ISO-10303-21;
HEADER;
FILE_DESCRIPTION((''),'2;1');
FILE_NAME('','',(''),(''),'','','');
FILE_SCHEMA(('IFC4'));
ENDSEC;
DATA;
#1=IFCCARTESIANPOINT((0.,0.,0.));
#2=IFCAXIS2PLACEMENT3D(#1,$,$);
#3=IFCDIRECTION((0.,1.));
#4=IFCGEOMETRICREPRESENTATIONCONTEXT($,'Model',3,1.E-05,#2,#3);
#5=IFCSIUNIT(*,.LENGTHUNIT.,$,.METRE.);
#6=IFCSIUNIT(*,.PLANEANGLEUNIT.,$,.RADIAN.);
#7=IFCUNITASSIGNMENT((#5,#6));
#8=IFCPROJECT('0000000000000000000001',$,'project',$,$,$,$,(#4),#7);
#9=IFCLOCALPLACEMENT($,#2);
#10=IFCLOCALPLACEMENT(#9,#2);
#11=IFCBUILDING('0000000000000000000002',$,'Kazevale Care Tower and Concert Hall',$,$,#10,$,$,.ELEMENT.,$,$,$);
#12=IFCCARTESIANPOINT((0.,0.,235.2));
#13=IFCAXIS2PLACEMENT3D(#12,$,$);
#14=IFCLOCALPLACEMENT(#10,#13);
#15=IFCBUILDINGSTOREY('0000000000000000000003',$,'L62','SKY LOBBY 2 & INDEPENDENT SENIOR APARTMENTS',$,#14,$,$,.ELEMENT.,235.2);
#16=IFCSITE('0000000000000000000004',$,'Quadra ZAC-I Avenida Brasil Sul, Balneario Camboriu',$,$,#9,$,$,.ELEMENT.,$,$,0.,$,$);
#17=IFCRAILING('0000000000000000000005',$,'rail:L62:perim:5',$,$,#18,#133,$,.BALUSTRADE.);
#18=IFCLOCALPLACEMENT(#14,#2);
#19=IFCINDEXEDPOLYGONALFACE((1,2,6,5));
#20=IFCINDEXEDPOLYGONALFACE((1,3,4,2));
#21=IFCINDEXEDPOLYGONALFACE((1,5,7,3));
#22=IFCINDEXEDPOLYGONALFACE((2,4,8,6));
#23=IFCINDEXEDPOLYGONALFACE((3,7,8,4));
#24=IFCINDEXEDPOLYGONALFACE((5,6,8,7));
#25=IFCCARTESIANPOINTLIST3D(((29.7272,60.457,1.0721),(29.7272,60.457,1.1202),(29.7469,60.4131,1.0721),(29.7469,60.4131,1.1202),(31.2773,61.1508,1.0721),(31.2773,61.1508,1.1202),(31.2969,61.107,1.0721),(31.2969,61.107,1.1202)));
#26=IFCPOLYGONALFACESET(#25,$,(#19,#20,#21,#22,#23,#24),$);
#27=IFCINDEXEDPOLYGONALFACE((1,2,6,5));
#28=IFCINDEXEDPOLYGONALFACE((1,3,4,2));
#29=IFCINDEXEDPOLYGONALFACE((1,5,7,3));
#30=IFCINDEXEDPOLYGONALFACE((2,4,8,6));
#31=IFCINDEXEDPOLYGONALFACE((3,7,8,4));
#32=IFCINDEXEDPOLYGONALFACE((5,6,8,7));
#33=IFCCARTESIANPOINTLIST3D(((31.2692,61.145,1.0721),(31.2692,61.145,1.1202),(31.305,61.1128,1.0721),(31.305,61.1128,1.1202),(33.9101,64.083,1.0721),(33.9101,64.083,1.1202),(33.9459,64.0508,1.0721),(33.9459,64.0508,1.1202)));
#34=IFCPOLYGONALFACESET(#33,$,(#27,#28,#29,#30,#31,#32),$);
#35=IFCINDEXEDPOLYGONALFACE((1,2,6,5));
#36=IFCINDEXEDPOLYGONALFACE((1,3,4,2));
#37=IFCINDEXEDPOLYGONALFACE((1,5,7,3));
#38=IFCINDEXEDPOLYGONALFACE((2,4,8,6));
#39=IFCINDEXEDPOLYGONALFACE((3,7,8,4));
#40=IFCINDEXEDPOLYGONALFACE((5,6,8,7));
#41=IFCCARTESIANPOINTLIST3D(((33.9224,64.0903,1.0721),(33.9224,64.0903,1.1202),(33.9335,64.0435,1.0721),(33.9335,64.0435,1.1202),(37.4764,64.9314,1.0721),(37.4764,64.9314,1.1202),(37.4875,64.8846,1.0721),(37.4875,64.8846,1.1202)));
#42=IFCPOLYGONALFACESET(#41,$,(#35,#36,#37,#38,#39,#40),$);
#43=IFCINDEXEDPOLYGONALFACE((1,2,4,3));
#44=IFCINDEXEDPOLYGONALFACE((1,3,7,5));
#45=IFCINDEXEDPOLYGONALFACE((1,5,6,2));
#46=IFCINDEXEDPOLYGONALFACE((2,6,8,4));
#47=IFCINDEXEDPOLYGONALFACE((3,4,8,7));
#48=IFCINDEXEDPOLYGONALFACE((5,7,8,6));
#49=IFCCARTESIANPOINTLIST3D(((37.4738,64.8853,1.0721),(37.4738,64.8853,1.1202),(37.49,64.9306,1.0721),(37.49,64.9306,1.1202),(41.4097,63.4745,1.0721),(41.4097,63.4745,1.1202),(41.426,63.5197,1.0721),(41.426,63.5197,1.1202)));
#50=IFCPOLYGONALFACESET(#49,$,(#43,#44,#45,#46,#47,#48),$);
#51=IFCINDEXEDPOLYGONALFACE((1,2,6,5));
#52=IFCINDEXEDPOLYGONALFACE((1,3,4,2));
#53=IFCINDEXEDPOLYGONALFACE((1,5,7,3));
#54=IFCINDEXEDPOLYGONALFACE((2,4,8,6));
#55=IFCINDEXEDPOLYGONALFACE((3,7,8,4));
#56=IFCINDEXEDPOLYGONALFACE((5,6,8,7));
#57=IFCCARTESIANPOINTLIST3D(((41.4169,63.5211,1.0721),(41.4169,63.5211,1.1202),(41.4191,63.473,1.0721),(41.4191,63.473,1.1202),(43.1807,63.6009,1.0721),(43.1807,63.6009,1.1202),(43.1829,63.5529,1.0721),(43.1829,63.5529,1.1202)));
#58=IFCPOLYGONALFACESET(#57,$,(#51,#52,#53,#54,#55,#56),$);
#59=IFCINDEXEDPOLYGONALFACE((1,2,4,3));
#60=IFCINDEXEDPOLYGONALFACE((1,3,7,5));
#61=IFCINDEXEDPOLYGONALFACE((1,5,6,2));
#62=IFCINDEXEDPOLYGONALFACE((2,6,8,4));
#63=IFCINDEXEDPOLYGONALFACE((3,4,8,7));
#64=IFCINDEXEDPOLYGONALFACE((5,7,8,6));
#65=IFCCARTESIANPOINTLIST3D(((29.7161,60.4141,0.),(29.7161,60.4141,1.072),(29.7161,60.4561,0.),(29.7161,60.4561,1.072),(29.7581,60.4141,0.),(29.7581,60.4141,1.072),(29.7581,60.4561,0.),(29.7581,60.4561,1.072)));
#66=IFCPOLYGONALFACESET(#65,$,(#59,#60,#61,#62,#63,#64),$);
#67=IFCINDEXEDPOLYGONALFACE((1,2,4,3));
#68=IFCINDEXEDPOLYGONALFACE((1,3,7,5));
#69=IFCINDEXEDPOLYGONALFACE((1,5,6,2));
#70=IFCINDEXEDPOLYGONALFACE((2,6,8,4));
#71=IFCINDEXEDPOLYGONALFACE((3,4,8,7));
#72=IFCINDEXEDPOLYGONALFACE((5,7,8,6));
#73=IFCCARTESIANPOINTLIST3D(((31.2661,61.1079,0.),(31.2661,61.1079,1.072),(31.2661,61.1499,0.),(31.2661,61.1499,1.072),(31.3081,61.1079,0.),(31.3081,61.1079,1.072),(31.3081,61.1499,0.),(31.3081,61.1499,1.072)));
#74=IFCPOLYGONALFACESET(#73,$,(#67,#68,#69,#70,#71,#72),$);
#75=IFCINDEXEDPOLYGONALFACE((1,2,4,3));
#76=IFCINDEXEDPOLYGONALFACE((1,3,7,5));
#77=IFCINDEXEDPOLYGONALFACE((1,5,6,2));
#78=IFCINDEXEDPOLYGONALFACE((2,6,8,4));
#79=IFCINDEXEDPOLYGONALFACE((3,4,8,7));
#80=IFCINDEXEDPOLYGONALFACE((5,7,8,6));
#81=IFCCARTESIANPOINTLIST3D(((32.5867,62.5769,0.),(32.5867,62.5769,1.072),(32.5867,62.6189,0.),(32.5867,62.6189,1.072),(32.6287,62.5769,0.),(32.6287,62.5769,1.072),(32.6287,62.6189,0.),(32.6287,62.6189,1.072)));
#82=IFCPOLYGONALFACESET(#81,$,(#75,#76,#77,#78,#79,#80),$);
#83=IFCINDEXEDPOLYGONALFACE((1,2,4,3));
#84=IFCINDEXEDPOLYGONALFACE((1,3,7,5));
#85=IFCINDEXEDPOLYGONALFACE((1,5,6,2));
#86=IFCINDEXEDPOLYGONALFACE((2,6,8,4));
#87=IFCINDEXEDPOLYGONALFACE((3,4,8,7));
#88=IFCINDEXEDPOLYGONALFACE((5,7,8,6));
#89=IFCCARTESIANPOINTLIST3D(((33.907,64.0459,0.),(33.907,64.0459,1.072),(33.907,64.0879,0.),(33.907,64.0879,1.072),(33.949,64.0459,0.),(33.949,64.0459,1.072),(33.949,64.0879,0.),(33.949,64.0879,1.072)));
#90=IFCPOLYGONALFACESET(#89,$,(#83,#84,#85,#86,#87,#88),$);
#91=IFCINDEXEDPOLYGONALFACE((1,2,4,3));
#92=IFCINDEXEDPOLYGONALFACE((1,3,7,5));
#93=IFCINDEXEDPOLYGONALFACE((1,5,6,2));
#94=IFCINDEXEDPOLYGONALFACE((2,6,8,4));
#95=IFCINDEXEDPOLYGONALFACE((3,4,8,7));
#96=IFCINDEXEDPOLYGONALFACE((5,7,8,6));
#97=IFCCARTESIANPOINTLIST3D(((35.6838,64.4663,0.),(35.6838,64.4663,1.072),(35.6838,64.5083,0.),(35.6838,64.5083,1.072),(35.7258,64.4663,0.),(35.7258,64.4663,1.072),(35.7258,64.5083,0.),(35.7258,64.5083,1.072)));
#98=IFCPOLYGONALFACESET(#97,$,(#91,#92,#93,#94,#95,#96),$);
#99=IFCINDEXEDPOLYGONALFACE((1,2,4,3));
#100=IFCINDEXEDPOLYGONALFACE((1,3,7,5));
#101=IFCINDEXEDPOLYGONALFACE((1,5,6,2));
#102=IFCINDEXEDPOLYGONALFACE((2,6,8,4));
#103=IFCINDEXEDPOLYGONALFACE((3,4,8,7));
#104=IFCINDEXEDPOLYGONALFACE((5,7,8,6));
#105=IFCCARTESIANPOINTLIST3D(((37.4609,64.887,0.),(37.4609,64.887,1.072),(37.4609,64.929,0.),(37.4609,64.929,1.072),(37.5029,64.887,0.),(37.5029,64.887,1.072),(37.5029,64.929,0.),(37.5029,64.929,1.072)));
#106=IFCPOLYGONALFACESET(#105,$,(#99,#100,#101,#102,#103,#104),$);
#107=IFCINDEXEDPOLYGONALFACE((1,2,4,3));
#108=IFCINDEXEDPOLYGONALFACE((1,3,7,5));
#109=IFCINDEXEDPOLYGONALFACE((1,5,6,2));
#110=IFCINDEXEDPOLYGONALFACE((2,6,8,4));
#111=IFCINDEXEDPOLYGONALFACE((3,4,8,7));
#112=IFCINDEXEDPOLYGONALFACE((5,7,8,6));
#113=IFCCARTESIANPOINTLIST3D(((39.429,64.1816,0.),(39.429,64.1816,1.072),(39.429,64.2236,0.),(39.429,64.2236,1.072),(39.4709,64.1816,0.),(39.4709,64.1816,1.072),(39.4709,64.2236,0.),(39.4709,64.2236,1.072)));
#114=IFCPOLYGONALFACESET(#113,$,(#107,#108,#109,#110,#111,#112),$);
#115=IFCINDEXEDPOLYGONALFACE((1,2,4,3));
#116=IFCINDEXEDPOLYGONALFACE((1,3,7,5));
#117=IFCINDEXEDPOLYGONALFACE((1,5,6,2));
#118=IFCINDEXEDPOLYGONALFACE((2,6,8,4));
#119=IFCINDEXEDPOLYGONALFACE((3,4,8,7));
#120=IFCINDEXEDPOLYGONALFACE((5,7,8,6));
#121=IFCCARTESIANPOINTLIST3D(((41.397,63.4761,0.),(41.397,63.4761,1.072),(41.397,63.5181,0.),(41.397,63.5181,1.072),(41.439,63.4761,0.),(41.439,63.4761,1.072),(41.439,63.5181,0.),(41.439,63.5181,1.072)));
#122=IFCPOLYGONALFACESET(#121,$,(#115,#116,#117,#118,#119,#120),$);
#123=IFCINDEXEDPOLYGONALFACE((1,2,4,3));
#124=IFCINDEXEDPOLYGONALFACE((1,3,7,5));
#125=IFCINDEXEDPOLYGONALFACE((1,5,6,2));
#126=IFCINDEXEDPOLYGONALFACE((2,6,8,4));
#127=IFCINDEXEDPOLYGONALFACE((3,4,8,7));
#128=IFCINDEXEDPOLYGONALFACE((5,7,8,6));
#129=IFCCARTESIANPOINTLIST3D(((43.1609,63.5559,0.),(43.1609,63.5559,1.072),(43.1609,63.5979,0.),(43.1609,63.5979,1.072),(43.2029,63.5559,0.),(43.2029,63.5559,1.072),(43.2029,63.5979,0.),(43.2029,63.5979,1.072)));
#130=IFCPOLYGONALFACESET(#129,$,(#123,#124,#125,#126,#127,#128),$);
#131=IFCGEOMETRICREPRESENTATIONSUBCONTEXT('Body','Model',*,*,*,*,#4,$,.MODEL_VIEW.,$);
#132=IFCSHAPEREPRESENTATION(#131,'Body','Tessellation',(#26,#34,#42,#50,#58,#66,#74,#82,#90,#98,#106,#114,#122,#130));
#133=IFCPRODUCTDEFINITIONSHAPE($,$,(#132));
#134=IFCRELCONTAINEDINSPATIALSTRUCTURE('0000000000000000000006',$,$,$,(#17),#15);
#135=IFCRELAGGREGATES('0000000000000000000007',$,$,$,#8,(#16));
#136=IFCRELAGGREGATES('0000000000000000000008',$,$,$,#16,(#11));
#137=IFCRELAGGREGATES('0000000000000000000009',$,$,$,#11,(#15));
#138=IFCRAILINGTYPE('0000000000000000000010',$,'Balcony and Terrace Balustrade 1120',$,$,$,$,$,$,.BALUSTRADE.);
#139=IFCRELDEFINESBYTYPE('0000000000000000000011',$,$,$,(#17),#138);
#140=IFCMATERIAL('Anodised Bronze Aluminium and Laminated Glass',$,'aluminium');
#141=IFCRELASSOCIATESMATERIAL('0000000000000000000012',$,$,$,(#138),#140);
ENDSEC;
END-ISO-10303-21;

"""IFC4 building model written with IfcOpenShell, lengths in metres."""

from ifc_helpers import new_model, si_unit, direction, frame, origin, origin_2d, place, context, subcontext, project, spatial, rectangle, extrude, material, type_object, element, save


model = new_model("IFC4")

# Units and contexts
model_context = context("Model", 3, precision=1e-05, world=origin(), true_north=direction((0.0, 1.0)))
body_context = subcontext(model_context, "Body", "Model", "MODEL_VIEW")
ifc_project = project(units=[si_unit("LENGTHUNIT", "METRE"), si_unit("PLANEANGLEUNIT", "RADIAN")], contexts=[model_context])

# Site, building, storey
site_placement = place(None, origin())
site = spatial("IfcSite", under=ifc_project, at=site_placement, Name="Quadra ZAC-I Avenida Brasil Sul, Balneario Camboriu", CompositionType="ELEMENT", RefElevation=0.0)
building_placement = place(site_placement, origin())
building = spatial("IfcBuilding", under=site, at=building_placement, Name="Kazevale Care Tower and Concert Hall", CompositionType="ELEMENT")
storey_placement = place(building_placement, frame((0.0, 0.0, 235.2)))
storey = spatial("IfcBuildingStorey", under=building, at=storey_placement, Name="L62", Description="SKY LOBBY 2 & INDEPENDENT SENIOR APARTMENTS", CompositionType="ELEMENT", Elevation=235.2)

# Railing
ifc_material_1 = material(Name="Anodised Bronze Aluminium and Laminated Glass", Category="aluminium")
railing_type = type_object("IfcRailingType", Name="Balcony and Terrace Balustrade 1120", PredefinedType="BALUSTRADE", material=ifc_material_1)
railing_1_placement = place(storey_placement, frame((29.7371, 60.4351, 0.0)))
element("IfcRailing", 1, at=railing_1_placement, inside=storey, type_object=railing_type, Name="rail:L62:perim:5", PredefinedType="BALUSTRADE", context=body_context, shape_type="SweptSolid", body=[
    extrude(rectangle(XDim=0.0481, YDim=0.0481, at=origin_2d()), frame((0.0, 0.0, 1.0962), z_axis=(0.912729, 0.408565, 0.0), x_axis=(-0.408565, 0.912729, 0.0)), (0.0, 0.0, 1.0), 1.6982),
    extrude(rectangle(XDim=0.0481, YDim=0.0481, at=origin_2d()), frame((1.55, 0.6938, 1.0962), z_axis=(0.6685, 0.743712, 0.0), x_axis=(-0.743712, 0.6685, 0.0)), (0.0, 0.0, 1.0), 3.9504),
    extrude(rectangle(XDim=0.0481, YDim=0.0481, at=origin_2d()), frame((4.1909, 3.6318, 1.0962), z_axis=(0.973121, 0.230295, 0.0), x_axis=(-0.230295, 0.973121, 0.0)), (0.0, 0.0, 1.0), 3.6521),
    extrude(rectangle(XDim=0.0481, YDim=0.0481, at=origin_2d()), frame((7.7449, 4.4729, 1.0962), z_axis=(0.94135, -0.337431, 0.0), x_axis=(0.337431, 0.94135, 0.0)), (0.0, 0.0, 1.0), 4.1812),
    extrude(rectangle(XDim=0.0481, YDim=0.0481, at=origin_2d()), frame((11.6809, 3.062, 1.0962), z_axis=(0.998977, 0.045213, 0.0), x_axis=(-0.045213, 0.998977, 0.0)), (0.0, 0.0, 1.0), 1.7656),
    extrude(rectangle(XDim=0.042, YDim=0.042, at=origin_2d()), origin(), (0.0, 0.0, 1.0), 1.072),
    extrude(rectangle(XDim=0.042, YDim=0.042, at=origin_2d()), frame((1.55, 0.6938, 0.0)), (0.0, 0.0, 1.0), 1.072),
    extrude(rectangle(XDim=0.042, YDim=0.042, at=origin_2d()), frame((2.8706, 2.1628, 0.0)), (0.0, 0.0, 1.0), 1.072),
    extrude(rectangle(XDim=0.042, YDim=0.042, at=origin_2d()), frame((4.1909, 3.6318, 0.0)), (0.0, 0.0, 1.0), 1.072),
    extrude(rectangle(XDim=0.042, YDim=0.042, at=origin_2d()), frame((5.9678, 4.0522, 0.0)), (0.0, 0.0, 1.0), 1.072),
    extrude(rectangle(XDim=0.042, YDim=0.042, at=origin_2d()), frame((7.7449, 4.4729, 0.0)), (0.0, 0.0, 1.0), 1.072),
    extrude(rectangle(XDim=0.042, YDim=0.042, at=origin_2d()), frame((9.7129, 3.7676, 0.0)), (0.0, 0.0, 1.0), 1.072),
    extrude(rectangle(XDim=0.042, YDim=0.042, at=origin_2d()), frame((11.6809, 3.062, 0.0)), (0.0, 0.0, 1.0), 1.072),
    extrude(rectangle(XDim=0.042, YDim=0.042, at=origin_2d()), frame((13.4448, 3.1418, 0.0)), (0.0, 0.0, 1.0), 1.072),
])

save(model, "model.ifc")
